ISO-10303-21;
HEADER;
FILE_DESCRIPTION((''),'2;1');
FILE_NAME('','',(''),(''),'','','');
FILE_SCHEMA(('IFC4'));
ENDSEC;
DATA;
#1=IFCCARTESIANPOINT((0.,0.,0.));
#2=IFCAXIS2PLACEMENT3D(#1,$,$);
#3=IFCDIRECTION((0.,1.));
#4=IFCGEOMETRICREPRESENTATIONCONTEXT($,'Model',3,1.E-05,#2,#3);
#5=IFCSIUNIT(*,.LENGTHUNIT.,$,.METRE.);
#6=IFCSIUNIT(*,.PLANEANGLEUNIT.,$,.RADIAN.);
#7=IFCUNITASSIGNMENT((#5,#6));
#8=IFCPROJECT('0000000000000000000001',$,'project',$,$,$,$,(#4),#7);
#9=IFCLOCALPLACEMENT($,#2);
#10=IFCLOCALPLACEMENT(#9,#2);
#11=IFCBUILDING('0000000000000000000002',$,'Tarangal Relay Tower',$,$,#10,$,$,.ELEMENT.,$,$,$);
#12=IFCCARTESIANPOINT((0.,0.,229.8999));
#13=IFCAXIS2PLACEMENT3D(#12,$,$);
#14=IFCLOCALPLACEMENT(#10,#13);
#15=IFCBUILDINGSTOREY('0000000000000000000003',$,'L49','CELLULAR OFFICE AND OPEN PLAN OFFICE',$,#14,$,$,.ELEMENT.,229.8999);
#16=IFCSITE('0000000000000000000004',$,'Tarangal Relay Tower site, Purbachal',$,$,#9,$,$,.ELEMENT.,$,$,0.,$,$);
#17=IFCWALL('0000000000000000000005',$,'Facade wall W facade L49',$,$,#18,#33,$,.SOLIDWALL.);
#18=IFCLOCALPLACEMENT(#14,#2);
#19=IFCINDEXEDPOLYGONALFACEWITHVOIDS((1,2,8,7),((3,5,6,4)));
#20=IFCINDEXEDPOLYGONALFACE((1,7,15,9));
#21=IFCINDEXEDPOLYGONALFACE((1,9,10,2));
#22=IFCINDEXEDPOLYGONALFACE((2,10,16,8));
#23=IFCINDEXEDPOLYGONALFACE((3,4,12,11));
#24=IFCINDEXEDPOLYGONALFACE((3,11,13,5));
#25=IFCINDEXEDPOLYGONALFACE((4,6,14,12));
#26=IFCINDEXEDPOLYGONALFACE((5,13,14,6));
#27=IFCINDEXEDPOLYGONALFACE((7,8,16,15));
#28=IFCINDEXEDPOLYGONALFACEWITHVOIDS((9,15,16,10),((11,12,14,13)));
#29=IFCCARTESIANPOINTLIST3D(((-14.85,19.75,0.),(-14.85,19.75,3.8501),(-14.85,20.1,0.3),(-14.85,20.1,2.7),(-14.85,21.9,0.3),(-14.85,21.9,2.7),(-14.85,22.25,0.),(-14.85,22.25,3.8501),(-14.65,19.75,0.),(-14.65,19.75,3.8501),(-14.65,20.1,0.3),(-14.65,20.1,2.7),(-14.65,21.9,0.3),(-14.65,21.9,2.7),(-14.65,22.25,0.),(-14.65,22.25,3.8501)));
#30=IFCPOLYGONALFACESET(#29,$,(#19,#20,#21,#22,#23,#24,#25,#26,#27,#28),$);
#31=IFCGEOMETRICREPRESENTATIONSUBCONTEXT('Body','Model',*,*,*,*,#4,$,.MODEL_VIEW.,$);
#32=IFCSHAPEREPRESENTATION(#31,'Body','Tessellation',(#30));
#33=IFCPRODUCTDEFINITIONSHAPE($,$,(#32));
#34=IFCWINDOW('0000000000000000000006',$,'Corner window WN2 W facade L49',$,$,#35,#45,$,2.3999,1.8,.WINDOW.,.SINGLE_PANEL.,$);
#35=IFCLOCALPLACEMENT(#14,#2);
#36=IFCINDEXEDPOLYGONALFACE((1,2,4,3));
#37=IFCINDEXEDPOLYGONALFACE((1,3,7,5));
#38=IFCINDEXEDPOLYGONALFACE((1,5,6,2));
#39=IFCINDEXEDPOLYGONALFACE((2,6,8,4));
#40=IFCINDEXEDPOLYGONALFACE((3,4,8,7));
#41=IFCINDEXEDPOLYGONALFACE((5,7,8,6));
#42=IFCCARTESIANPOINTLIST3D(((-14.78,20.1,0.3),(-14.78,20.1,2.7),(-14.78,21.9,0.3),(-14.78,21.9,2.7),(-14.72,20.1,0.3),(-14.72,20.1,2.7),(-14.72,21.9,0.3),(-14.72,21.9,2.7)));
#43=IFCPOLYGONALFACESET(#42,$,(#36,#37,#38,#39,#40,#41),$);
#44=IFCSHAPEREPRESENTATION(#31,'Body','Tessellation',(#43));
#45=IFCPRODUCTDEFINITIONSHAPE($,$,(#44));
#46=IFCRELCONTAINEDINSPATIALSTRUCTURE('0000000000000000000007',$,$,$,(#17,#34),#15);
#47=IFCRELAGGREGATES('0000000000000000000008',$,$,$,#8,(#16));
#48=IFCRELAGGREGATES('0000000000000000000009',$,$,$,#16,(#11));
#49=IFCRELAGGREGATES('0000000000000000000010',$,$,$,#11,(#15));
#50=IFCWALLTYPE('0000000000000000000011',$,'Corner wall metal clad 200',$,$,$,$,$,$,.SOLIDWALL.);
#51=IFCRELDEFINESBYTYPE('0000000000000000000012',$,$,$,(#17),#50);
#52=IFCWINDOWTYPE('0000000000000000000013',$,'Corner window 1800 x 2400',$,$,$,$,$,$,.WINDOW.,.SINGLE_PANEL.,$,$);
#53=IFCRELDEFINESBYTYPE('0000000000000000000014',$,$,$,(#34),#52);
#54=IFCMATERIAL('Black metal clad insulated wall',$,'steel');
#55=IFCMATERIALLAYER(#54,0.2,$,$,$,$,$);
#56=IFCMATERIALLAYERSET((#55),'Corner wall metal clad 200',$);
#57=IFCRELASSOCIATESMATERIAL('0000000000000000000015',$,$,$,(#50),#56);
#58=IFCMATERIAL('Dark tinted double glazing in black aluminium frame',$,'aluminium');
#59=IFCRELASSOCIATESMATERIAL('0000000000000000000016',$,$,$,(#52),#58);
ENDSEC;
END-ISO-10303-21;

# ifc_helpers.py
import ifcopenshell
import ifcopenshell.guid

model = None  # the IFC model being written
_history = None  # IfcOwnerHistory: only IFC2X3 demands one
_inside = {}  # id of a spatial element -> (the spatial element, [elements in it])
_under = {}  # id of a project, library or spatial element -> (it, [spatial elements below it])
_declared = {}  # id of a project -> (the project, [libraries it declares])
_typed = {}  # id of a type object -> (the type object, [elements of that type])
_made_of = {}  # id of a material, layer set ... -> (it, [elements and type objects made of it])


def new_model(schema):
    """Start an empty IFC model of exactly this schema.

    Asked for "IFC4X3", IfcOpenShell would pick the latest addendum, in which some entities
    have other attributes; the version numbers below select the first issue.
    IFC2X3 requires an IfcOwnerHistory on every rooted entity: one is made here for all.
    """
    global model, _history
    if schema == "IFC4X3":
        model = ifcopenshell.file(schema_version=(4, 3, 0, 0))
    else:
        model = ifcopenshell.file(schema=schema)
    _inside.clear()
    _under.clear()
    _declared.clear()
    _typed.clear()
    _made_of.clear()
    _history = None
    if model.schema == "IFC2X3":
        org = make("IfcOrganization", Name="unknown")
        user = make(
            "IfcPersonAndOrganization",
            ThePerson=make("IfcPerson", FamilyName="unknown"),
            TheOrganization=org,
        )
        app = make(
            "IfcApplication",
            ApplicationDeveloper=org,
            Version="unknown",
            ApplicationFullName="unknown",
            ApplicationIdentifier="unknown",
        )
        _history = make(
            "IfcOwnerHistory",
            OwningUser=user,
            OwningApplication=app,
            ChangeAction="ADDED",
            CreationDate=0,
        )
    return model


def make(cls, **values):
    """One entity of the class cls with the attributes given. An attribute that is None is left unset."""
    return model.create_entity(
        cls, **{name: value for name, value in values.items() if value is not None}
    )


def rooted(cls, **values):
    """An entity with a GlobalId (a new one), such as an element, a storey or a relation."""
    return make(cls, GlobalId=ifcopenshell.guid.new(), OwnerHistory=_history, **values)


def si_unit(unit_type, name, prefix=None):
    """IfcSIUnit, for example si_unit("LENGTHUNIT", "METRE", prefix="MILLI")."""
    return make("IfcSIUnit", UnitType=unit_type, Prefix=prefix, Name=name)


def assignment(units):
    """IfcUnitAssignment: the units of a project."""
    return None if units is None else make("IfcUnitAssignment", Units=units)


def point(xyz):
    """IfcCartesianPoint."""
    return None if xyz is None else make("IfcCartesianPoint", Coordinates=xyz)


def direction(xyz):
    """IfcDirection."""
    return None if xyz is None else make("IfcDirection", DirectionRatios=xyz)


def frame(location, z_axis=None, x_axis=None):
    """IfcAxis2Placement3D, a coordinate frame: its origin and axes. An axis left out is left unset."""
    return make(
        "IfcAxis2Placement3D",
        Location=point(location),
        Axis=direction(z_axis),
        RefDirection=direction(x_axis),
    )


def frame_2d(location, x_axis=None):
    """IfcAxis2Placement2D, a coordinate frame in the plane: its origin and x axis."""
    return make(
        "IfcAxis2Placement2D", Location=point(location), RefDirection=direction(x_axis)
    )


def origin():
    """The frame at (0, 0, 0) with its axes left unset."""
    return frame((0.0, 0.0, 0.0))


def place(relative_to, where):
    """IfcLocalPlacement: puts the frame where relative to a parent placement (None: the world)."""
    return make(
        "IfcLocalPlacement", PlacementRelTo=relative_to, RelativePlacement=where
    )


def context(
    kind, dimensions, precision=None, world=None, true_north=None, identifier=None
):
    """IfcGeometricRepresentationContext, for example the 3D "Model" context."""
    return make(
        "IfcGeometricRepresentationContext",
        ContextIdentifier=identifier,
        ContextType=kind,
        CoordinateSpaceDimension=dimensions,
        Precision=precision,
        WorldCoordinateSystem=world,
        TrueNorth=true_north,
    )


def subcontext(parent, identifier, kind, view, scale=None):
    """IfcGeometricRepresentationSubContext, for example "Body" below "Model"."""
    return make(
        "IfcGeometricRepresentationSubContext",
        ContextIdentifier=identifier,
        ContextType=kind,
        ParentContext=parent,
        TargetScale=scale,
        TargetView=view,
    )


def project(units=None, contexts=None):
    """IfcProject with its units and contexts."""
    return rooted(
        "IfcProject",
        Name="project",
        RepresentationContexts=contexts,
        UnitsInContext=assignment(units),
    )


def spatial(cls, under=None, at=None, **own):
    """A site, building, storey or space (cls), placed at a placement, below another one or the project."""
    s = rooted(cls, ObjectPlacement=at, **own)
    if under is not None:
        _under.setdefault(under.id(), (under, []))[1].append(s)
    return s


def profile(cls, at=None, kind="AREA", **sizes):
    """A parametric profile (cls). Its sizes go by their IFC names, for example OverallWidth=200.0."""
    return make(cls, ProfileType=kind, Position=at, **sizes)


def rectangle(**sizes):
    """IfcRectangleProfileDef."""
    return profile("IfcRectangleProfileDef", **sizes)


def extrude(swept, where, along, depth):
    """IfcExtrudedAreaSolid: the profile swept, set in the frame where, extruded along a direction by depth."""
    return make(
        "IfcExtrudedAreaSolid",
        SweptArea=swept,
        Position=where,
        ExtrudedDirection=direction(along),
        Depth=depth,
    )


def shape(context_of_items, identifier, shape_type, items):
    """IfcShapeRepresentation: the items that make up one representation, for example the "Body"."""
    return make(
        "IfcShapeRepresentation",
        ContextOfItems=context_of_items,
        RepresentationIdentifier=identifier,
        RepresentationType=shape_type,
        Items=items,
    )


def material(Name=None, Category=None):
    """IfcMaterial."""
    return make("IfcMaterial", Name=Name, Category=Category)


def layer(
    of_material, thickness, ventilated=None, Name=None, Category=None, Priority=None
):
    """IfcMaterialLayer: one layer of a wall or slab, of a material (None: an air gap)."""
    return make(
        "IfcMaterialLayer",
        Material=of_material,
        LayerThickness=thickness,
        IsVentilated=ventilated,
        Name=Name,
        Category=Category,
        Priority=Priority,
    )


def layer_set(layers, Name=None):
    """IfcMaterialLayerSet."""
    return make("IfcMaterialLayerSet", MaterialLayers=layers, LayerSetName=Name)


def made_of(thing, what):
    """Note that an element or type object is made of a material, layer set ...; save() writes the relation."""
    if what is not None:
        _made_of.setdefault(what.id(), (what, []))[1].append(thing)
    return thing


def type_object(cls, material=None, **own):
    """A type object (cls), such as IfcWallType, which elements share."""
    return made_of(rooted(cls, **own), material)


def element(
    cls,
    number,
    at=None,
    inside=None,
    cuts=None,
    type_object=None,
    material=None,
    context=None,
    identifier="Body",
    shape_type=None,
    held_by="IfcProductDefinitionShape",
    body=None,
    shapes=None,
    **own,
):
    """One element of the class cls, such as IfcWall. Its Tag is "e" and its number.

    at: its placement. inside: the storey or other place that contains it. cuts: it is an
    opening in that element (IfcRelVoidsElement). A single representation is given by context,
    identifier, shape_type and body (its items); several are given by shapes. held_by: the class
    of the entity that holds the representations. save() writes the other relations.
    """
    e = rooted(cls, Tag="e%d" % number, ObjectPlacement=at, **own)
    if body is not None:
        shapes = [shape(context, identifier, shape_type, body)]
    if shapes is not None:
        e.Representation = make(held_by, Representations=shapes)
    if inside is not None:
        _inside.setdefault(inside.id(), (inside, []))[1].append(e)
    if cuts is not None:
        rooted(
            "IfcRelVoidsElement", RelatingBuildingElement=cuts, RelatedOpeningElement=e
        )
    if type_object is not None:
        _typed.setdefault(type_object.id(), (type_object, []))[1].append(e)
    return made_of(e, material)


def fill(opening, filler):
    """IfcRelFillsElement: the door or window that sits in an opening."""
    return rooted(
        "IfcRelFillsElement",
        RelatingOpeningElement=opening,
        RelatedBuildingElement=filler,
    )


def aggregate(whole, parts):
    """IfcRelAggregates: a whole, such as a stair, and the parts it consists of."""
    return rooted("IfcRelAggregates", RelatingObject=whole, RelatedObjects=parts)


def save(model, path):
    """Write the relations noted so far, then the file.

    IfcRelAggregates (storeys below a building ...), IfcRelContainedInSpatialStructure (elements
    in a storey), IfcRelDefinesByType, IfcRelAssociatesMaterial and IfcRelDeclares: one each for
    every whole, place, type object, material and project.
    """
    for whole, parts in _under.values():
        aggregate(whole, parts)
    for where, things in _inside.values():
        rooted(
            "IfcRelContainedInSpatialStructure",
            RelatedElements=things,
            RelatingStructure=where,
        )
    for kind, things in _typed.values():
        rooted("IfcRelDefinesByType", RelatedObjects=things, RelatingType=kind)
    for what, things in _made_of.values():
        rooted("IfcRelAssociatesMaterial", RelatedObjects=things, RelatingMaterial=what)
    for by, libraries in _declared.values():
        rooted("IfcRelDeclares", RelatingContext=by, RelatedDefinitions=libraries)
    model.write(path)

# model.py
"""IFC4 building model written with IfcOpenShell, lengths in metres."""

from ifc_helpers import new_model, si_unit, direction, frame, frame_2d, origin, place, context, subcontext, project, spatial, rectangle, extrude, material, layer, layer_set, type_object, element, fill, save


model = new_model("IFC4")

# Units and contexts
model_context = context("Model", 3, precision=1e-05, world=origin(), true_north=direction((0.0, 1.0)))
body_context = subcontext(model_context, "Body", "Model", "MODEL_VIEW")
ifc_project = project(units=[si_unit("LENGTHUNIT", "METRE"), si_unit("PLANEANGLEUNIT", "RADIAN")], contexts=[model_context])

# Site, building, storey
site_placement = place(None, origin())
site = spatial("IfcSite", under=ifc_project, at=site_placement, Name="Tarangal Relay Tower site, Purbachal", CompositionType="ELEMENT", RefElevation=0.0)
building_placement = place(site_placement, origin())
building = spatial("IfcBuilding", under=site, at=building_placement, Name="Tarangal Relay Tower", CompositionType="ELEMENT")
storey_placement = place(building_placement, frame((0.0, 0.0, 229.8999)))
storey = spatial("IfcBuildingStorey", under=building, at=storey_placement, Name="L49", Description="CELLULAR OFFICE AND OPEN PLAN OFFICE", CompositionType="ELEMENT", Elevation=229.8999)

# Shared definitions
ifc_material_1 = material(Name="Black metal clad insulated wall", Category="steel")
ifc_layer_1 = layer(ifc_material_1, 0.2)
ifc_layer_set_1 = layer_set([ifc_layer_1], Name="Corner wall metal clad 200")
wall_type_1 = type_object("IfcWallType", Name="Corner wall metal clad 200", PredefinedType="SOLIDWALL", material=ifc_layer_set_1)

# Wall, opening, window
wall_1_placement = place(storey_placement, frame((-14.75, 19.75, 0.0), z_axis=(0.0, 0.0, 1.0), x_axis=(0.0, 1.0, 0.0)))
wall_1 = element("IfcWall", 1, at=wall_1_placement, inside=storey, type_object=wall_type_1, Name="Facade wall W facade L49", PredefinedType="SOLIDWALL", context=body_context, shape_type="SweptSolid", body=[
    extrude(rectangle(XDim=2.5, YDim=0.2, at=frame_2d((1.25, 0.0))), origin(), (0.0, 0.0, 1.0), 3.8501),
])
opening_1_placement = place(wall_1_placement, frame((0.3501, 0.0, 0.3)))
opening_1 = element("IfcOpeningElement", 2, at=opening_1_placement, cuts=wall_1, PredefinedType="OPENING", context=body_context, shape_type="SweptSolid", body=[
    extrude(rectangle(XDim=1.8, YDim=2.3999, at=frame_2d((0.8999, 1.2))), frame((0.0, 0.1099, 0.0), z_axis=(0.0, -1.0, 0.0), x_axis=(1.0, 0.0, 0.0)), (0.0, 0.0, 1.0), 0.22),
])
ifc_material_2 = material(Name="Dark tinted double glazing in black aluminium frame", Category="aluminium")
window_type = type_object("IfcWindowType", Name="Corner window 1800 x 2400", PartitioningType="SINGLE_PANEL", PredefinedType="WINDOW", material=ifc_material_2)
window_placement = place(opening_1_placement, origin())
window = element("IfcWindow", 3, at=window_placement, inside=storey, type_object=window_type, Name="Corner window WN2 W facade L49", OverallHeight=2.3999, OverallWidth=1.8, PartitioningType="SINGLE_PANEL", PredefinedType="WINDOW", context=body_context, shape_type="SweptSolid", body=[
    extrude(rectangle(XDim=1.8, YDim=2.3999, at=frame_2d((0.8999, 1.2))), frame((0.0, 0.03, 0.0), z_axis=(0.0, -1.0, 0.0), x_axis=(1.0, 0.0, 0.0)), (0.0, 0.0, 1.0), 0.0601),
])
fill(opening_1, window)

save(model, "model.ifc")
